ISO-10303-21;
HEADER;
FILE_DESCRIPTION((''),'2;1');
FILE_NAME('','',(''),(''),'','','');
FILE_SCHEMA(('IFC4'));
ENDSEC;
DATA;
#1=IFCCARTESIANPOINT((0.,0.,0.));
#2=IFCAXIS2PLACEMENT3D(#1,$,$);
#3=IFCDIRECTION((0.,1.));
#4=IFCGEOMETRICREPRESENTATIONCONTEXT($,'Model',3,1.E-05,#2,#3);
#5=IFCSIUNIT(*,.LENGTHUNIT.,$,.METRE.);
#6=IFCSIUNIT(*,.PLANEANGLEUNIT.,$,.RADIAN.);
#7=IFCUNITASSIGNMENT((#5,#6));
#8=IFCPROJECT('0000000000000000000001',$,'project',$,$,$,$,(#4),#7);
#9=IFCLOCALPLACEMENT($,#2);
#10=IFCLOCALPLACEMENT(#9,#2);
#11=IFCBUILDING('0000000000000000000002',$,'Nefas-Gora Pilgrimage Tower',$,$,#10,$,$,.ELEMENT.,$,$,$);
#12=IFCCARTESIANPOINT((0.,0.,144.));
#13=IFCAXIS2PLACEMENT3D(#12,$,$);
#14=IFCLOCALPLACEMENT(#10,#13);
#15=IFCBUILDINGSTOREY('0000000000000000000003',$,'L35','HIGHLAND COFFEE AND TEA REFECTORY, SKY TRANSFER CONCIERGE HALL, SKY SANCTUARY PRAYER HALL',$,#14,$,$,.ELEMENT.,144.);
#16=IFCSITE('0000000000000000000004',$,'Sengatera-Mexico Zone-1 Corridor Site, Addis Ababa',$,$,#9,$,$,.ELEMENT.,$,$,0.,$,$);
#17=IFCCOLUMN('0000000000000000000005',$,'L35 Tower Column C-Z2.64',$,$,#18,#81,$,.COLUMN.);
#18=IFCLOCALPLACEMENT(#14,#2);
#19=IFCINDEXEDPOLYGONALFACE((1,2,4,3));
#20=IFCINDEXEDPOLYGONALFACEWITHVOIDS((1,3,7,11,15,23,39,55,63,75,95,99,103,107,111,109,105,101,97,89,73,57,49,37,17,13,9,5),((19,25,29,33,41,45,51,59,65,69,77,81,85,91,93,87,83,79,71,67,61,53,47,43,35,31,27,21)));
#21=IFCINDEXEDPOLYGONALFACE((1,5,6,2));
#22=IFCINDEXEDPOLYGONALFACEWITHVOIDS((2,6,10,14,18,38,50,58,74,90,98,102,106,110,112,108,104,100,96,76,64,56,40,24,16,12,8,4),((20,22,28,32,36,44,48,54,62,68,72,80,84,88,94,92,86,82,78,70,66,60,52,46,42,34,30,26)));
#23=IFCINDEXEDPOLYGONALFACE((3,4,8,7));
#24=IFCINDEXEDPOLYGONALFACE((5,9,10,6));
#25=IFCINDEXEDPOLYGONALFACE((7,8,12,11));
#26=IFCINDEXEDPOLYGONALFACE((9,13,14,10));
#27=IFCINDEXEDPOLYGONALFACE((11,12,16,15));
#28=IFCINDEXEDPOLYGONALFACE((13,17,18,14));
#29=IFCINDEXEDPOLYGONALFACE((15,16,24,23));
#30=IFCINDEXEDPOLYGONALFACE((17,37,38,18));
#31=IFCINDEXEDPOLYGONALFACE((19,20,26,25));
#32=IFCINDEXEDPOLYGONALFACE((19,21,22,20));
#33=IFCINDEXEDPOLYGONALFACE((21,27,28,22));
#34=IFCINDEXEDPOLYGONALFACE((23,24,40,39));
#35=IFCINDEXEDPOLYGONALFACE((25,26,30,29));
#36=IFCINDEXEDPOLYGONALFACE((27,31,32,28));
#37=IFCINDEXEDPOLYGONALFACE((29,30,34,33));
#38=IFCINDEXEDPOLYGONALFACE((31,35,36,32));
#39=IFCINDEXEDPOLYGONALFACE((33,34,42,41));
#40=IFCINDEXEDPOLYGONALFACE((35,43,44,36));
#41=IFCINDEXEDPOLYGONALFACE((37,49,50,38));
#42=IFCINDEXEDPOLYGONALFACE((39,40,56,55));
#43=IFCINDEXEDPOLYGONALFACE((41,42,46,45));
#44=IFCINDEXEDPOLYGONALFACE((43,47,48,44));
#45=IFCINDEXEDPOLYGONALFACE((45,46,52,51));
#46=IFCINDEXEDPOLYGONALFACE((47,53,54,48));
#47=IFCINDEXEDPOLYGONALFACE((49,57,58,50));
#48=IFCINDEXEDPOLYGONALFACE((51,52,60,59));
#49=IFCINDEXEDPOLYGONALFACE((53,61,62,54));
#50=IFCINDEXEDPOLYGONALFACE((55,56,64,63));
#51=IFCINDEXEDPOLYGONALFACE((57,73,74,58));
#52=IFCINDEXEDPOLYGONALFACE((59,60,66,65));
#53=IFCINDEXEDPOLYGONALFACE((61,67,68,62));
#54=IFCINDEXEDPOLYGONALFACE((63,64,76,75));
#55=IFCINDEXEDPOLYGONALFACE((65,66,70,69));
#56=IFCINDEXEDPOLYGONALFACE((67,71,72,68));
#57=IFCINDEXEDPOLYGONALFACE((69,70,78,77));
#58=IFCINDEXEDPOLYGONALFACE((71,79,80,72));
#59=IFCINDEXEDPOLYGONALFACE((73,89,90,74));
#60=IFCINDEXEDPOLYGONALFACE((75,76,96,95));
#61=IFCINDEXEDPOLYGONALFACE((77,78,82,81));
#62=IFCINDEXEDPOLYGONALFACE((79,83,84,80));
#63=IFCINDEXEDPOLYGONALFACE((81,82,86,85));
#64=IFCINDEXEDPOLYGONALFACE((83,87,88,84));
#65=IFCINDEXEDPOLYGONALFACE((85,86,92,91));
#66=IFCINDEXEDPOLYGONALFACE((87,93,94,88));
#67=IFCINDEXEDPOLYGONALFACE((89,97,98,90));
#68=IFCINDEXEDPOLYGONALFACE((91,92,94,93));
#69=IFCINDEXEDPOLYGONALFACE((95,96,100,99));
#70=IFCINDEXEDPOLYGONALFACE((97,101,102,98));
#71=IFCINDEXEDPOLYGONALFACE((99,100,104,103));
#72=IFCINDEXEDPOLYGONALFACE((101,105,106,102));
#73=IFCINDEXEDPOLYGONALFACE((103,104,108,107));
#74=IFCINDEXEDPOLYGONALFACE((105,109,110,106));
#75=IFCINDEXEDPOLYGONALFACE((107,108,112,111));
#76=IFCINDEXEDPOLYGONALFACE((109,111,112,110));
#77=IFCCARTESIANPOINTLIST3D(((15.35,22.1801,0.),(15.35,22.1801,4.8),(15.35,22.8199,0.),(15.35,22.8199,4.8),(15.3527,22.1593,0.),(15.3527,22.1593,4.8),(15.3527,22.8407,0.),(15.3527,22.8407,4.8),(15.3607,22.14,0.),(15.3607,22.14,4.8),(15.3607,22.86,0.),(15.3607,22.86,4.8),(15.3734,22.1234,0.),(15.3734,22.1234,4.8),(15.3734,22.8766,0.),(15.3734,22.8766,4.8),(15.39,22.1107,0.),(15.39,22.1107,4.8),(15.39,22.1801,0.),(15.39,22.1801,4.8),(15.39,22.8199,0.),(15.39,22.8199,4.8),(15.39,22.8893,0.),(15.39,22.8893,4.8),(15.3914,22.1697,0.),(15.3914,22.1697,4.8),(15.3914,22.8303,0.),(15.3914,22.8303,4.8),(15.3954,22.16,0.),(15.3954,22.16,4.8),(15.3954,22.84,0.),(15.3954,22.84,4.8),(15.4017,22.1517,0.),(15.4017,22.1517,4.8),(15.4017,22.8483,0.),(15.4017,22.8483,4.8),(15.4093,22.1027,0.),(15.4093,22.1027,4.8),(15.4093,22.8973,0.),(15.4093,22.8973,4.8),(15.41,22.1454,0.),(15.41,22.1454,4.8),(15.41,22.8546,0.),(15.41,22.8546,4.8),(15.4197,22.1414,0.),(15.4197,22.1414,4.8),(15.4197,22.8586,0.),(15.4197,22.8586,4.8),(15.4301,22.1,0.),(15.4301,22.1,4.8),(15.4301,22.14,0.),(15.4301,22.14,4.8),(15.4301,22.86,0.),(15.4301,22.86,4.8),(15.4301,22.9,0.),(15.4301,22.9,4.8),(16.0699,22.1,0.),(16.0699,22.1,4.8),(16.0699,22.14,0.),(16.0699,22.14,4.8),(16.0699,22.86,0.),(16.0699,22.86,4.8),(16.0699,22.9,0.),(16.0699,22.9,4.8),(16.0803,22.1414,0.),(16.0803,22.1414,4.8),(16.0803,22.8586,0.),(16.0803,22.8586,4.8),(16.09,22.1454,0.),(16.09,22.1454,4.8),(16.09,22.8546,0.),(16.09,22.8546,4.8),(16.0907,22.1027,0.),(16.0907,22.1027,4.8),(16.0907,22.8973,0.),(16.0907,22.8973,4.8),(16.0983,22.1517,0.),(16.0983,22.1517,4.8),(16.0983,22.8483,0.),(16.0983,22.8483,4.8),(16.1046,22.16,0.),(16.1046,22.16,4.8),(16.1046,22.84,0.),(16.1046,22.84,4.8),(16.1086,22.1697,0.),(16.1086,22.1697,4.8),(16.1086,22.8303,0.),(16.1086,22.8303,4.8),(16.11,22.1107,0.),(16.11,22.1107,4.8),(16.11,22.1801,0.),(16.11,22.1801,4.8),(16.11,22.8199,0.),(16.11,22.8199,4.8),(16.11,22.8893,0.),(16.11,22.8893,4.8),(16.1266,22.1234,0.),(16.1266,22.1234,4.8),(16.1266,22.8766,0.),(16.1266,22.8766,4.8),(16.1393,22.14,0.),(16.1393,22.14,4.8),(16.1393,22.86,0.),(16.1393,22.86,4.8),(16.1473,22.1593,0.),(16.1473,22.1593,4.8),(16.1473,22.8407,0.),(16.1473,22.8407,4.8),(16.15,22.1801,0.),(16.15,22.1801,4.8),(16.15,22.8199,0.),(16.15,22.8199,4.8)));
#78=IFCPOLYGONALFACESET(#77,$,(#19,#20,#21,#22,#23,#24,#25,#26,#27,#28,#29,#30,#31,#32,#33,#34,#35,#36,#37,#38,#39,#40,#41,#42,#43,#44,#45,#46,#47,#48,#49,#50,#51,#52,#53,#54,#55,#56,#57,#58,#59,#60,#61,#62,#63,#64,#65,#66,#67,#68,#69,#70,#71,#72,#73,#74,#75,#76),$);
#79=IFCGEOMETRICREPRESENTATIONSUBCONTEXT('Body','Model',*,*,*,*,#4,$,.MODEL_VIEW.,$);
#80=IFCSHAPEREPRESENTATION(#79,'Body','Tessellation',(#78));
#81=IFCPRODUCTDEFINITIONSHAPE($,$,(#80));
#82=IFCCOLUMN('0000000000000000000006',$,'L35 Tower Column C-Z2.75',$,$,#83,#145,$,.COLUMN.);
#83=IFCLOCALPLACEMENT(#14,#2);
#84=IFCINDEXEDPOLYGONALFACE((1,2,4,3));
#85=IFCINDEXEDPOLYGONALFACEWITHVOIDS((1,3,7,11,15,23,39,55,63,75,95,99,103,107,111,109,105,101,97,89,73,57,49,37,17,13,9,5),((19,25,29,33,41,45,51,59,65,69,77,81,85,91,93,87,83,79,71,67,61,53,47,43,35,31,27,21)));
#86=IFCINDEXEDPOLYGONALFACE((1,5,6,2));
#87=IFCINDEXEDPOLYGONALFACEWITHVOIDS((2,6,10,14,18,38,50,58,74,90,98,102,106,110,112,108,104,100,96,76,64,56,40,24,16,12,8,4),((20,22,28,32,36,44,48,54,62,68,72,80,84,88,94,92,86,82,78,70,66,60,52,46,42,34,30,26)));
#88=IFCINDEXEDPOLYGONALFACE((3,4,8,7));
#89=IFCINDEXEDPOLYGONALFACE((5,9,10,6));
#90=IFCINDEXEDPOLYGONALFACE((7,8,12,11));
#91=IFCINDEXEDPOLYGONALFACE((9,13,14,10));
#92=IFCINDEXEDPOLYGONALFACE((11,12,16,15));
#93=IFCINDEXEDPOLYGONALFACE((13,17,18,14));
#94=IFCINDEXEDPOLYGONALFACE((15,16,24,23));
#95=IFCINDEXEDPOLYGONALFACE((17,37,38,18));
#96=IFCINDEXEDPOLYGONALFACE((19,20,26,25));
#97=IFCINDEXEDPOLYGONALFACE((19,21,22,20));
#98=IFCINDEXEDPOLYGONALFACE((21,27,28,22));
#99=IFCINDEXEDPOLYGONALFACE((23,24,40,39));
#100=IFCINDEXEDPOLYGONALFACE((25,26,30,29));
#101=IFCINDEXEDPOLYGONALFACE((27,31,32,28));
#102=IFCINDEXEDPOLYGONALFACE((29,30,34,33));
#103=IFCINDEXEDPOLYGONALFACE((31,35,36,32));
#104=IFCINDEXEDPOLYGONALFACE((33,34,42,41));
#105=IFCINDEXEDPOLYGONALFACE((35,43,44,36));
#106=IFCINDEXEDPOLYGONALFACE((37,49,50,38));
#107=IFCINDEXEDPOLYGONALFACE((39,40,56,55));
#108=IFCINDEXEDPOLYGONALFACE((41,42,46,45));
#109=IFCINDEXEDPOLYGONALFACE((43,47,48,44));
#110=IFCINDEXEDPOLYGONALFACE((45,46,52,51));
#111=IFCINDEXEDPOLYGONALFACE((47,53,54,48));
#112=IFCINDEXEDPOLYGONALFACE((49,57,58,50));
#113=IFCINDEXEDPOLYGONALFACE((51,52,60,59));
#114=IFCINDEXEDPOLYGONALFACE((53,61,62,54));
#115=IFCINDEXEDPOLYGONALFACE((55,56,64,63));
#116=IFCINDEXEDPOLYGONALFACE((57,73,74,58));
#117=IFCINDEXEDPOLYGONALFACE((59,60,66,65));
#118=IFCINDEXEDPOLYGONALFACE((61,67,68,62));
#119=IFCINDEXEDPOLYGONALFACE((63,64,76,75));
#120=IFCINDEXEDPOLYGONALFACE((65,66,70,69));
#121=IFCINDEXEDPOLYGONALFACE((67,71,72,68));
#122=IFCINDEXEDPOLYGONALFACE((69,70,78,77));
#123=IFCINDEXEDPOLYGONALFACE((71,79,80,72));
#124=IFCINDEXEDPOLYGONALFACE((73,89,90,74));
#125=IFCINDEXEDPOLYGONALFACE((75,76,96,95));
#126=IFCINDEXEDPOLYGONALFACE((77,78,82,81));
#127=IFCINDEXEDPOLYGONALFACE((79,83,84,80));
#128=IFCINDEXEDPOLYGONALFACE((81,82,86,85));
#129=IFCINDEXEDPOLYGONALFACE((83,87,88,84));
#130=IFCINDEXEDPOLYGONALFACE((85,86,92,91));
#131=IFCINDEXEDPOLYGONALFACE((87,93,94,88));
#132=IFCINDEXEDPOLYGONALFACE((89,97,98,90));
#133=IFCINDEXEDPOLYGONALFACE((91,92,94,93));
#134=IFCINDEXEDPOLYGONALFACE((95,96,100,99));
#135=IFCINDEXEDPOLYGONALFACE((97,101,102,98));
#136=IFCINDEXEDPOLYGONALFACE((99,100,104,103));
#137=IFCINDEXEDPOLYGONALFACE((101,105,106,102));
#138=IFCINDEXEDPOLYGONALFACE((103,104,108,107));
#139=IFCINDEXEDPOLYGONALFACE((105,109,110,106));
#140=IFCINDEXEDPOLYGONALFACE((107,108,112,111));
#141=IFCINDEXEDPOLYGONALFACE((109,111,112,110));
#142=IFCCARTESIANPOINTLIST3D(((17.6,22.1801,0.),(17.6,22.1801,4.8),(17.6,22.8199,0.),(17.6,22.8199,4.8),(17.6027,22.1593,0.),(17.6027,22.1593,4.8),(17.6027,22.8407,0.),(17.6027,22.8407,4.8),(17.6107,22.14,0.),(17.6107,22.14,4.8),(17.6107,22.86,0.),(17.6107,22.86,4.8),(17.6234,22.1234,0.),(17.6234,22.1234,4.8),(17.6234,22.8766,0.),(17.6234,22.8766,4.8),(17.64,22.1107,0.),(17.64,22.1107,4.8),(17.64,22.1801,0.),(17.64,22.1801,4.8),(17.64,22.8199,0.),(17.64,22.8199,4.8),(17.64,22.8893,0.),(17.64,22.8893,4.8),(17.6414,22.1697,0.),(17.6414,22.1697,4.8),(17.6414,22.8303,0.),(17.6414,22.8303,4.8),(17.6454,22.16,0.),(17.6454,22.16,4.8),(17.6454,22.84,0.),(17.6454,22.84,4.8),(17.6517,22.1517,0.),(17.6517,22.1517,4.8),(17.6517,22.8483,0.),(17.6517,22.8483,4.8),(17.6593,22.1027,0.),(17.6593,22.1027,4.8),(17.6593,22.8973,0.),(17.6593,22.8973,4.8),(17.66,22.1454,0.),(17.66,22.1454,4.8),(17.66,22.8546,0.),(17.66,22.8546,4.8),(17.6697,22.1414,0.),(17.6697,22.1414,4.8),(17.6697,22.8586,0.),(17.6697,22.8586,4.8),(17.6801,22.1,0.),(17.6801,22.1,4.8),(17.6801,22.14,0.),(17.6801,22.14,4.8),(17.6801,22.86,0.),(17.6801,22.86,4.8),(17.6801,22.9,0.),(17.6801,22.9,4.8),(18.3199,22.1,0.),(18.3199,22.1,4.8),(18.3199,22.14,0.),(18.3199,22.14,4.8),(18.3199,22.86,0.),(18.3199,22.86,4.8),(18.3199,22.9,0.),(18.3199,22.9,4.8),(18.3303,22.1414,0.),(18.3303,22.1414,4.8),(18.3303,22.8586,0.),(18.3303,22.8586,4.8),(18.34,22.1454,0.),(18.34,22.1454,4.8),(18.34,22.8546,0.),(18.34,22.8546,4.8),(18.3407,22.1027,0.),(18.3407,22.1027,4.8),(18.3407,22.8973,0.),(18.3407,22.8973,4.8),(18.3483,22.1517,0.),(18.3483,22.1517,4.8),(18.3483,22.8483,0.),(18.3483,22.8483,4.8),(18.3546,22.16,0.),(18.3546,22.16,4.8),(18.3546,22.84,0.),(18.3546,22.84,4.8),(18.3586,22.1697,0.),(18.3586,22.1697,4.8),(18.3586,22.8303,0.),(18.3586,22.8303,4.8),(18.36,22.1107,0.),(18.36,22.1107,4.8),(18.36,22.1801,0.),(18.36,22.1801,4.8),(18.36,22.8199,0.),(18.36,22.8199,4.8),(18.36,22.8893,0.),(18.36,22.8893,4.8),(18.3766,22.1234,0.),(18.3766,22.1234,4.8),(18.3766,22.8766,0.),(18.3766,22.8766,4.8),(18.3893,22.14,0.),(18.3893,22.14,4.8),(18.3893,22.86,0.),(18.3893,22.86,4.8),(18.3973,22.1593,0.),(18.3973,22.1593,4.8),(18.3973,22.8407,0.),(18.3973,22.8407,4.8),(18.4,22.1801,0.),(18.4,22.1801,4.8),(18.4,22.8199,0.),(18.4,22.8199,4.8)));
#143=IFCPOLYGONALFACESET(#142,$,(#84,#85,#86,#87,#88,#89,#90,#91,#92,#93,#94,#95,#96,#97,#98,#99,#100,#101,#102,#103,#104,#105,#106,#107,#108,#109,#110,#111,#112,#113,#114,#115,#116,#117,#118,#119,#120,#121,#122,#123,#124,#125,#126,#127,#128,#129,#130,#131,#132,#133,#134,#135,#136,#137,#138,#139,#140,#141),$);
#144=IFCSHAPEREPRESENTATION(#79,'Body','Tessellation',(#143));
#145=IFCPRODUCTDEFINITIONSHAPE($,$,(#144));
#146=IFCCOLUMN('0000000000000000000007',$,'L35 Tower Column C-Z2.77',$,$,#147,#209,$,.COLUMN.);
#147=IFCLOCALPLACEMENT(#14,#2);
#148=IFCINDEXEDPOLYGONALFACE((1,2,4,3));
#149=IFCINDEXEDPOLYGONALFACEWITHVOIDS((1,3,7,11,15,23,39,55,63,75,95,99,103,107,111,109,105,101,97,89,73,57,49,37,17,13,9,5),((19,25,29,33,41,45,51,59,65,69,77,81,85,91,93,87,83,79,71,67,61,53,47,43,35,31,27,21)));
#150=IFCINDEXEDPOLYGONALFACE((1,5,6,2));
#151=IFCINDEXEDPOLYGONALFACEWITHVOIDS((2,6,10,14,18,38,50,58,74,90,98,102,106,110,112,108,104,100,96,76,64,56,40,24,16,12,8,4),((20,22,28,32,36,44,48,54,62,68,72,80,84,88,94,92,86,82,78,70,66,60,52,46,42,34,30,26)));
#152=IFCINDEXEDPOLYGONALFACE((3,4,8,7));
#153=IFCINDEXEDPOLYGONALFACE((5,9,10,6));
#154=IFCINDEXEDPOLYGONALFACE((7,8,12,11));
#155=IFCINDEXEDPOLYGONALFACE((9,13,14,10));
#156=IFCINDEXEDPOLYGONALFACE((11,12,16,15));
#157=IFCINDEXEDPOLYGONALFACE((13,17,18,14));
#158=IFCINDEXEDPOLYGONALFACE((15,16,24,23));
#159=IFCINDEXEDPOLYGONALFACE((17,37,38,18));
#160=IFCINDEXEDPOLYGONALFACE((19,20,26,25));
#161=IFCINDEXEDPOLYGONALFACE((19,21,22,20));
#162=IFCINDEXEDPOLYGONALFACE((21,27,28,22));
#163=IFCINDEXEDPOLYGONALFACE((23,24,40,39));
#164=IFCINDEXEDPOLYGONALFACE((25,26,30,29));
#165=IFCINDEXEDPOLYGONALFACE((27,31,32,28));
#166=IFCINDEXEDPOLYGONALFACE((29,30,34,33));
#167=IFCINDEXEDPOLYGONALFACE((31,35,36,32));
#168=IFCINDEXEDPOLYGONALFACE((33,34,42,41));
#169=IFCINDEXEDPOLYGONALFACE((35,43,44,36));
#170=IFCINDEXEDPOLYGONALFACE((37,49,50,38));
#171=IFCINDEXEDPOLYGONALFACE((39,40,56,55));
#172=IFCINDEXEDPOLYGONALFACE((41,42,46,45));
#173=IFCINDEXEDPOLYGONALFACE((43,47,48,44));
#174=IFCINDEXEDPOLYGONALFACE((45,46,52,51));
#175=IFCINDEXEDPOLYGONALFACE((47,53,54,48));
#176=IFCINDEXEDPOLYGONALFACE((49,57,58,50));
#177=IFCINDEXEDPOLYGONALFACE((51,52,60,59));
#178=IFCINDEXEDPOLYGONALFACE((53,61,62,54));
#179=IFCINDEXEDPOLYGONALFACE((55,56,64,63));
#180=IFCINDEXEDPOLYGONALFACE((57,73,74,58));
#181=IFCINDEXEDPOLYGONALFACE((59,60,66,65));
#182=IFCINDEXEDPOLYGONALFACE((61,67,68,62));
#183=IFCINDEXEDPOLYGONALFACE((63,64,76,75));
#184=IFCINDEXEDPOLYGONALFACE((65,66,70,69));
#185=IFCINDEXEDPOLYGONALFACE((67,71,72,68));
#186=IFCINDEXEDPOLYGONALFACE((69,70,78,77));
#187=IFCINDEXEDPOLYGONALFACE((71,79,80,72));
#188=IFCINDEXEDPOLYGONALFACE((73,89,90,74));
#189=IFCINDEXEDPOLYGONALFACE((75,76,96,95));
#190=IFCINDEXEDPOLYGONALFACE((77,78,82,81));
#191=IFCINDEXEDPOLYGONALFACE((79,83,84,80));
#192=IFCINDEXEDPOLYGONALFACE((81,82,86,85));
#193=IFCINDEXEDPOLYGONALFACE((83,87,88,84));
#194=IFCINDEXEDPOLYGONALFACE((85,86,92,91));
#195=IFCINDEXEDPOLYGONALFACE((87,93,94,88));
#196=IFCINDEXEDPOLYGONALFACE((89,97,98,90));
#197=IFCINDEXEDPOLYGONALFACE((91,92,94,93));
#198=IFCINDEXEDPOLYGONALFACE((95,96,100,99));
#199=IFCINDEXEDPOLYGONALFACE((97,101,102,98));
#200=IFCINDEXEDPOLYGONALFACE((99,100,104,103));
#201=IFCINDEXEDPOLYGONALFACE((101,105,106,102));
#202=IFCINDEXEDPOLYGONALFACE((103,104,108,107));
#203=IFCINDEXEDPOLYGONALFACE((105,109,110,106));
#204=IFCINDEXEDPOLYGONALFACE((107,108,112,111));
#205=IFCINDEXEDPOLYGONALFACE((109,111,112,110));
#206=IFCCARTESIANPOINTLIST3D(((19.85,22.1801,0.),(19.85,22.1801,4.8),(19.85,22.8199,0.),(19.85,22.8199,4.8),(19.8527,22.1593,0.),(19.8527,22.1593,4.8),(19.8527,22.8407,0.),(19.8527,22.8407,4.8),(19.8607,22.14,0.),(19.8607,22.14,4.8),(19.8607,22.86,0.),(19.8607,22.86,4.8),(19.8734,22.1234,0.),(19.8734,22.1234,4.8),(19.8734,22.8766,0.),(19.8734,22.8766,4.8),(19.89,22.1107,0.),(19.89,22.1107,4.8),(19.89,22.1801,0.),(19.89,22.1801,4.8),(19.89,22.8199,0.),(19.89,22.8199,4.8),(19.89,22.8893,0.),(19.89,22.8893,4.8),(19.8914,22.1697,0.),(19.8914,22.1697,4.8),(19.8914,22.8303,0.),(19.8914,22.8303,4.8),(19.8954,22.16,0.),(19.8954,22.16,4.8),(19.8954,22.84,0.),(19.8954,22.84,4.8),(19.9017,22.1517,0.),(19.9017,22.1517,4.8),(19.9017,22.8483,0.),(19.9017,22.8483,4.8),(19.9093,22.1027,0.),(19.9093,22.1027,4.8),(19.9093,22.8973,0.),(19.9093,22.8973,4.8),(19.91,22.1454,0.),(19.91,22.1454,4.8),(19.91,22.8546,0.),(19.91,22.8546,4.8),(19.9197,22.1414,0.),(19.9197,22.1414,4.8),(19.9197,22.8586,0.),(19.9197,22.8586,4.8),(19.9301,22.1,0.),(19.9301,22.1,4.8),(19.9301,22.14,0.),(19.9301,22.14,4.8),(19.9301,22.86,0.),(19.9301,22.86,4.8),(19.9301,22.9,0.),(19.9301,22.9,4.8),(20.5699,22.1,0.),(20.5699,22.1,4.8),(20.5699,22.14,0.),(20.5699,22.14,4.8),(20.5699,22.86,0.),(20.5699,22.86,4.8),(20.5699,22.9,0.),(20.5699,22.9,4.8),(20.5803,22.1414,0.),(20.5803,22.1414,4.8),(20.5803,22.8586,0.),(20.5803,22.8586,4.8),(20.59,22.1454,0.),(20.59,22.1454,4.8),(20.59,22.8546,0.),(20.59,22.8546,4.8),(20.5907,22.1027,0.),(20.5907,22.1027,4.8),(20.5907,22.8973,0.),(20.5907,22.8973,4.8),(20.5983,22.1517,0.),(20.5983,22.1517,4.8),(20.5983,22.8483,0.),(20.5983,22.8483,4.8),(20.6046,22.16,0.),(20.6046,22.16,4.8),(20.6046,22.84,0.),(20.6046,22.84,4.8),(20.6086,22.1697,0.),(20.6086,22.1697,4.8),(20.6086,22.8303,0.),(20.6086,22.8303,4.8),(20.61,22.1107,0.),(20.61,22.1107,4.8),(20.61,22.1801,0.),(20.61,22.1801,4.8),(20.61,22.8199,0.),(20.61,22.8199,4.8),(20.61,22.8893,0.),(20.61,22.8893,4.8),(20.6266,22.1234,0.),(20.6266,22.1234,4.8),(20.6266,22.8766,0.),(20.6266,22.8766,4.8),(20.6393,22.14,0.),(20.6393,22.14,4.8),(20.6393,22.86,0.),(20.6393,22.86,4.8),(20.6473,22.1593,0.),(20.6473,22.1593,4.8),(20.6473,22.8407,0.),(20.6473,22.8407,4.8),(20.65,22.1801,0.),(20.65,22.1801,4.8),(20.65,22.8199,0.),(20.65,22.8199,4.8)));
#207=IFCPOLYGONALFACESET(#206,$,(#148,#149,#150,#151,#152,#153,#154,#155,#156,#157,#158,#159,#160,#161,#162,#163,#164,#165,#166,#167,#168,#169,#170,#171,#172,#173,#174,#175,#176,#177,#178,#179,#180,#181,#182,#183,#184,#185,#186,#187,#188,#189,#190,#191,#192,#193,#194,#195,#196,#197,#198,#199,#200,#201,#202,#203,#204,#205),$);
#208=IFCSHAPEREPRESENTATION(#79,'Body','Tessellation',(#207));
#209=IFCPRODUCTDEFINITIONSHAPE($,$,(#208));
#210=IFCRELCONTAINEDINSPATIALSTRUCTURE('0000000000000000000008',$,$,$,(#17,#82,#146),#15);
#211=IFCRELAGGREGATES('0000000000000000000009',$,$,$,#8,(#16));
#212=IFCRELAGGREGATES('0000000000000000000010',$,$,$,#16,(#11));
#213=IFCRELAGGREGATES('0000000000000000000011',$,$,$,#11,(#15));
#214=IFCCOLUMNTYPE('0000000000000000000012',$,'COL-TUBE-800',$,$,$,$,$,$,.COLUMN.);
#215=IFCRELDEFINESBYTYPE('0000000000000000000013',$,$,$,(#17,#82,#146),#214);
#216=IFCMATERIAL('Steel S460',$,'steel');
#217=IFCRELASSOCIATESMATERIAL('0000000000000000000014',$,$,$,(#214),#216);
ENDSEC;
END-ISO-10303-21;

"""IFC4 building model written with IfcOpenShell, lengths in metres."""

from ifc_helpers import new_model, si_unit, direction, frame, origin, origin_2d, place, context, subcontext, project, spatial, hollow_rectangle, extrude, source, transform, mapped, material, material_profile, profile_set, type_object, element, save


model = new_model("IFC4")

# Units and contexts
model_context = context("Model", 3, precision=1e-05, world=origin(), true_north=direction((0.0, 1.0)))
body_context = subcontext(model_context, "Body", "Model", "MODEL_VIEW")
ifc_project = project(units=[si_unit("LENGTHUNIT", "METRE"), si_unit("PLANEANGLEUNIT", "RADIAN")], contexts=[model_context])

# Site, building, storey
site_placement = place(None, origin())
site = spatial("IfcSite", under=ifc_project, at=site_placement, Name="Sengatera-Mexico Zone-1 Corridor Site, Addis Ababa", CompositionType="ELEMENT", RefElevation=0.0)
building_placement = place(site_placement, origin())
building = spatial("IfcBuilding", under=site, at=building_placement, Name="Nefas-Gora Pilgrimage Tower", CompositionType="ELEMENT")
storey_placement = place(building_placement, frame((0.0, 0.0, 144.0)))
storey = spatial("IfcBuildingStorey", under=building, at=storey_placement, Name="L35", Description="HIGHLAND COFFEE AND TEA REFECTORY, SKY TRANSFER CONCIERGE HALL, SKY SANCTUARY PRAYER HALL", CompositionType="ELEMENT", Elevation=144.0)

# Columns
ifc_material_1 = material(Name="Steel S460", Category="steel")
ifc_material_profile_1 = material_profile(ifc_material_1, hollow_rectangle(XDim=0.8, YDim=0.8, WallThickness=0.04, InnerFilletRadius=0.04, OuterFilletRadius=0.0801, at=origin_2d()), Name="BOX 800x800x40")
ifc_profile_set_1 = profile_set([ifc_material_profile_1], Name="Steel S460")
column_type_1 = type_object("IfcColumnType", Name="COL-TUBE-800", PredefinedType="COLUMN", material=ifc_profile_set_1)
shared_shape_1 = source(origin(), body_context, "Body", "SweptSolid", [
    extrude(hollow_rectangle(XDim=0.8, YDim=0.8, WallThickness=0.04, InnerFilletRadius=0.04, OuterFilletRadius=0.0801, at=origin_2d()), origin(), (0.0, 0.0, 1.0), 4.8),
])
for number, where, z_axis, x_axis, name in (
    (1, (15.75, 22.5, 0.0), (0.0, 0.0, 1.0), (1.0, 0.0, 0.0), "L35 Tower Column C-Z2.64"),
    (2, (18.0, 22.5, 0.0), (0.0, 0.0, 1.0), (1.0, 0.0, 0.0), "L35 Tower Column C-Z2.75"),
    (3, (20.25, 22.5, 0.0), (0.0, 0.0, 1.0), (1.0, 0.0, 0.0), "L35 Tower Column C-Z2.77"),
):
    element("IfcColumn", number, at=place(storey_placement, frame(where, z_axis=z_axis, x_axis=x_axis)), inside=storey, type_object=column_type_1, Name=name, PredefinedType="COLUMN", context=body_context, shape_type="MappedRepresentation", body=[
        mapped(shared_shape_1, transform((0.0, 0.0, 0.0), x_axis=(1.0, 0.0, 0.0), y_axis=(0.0, 1.0, 0.0), z_axis=(0.0, 0.0, 1.0), scale=1.0)),
    ])

save(model, "model.ifc")
